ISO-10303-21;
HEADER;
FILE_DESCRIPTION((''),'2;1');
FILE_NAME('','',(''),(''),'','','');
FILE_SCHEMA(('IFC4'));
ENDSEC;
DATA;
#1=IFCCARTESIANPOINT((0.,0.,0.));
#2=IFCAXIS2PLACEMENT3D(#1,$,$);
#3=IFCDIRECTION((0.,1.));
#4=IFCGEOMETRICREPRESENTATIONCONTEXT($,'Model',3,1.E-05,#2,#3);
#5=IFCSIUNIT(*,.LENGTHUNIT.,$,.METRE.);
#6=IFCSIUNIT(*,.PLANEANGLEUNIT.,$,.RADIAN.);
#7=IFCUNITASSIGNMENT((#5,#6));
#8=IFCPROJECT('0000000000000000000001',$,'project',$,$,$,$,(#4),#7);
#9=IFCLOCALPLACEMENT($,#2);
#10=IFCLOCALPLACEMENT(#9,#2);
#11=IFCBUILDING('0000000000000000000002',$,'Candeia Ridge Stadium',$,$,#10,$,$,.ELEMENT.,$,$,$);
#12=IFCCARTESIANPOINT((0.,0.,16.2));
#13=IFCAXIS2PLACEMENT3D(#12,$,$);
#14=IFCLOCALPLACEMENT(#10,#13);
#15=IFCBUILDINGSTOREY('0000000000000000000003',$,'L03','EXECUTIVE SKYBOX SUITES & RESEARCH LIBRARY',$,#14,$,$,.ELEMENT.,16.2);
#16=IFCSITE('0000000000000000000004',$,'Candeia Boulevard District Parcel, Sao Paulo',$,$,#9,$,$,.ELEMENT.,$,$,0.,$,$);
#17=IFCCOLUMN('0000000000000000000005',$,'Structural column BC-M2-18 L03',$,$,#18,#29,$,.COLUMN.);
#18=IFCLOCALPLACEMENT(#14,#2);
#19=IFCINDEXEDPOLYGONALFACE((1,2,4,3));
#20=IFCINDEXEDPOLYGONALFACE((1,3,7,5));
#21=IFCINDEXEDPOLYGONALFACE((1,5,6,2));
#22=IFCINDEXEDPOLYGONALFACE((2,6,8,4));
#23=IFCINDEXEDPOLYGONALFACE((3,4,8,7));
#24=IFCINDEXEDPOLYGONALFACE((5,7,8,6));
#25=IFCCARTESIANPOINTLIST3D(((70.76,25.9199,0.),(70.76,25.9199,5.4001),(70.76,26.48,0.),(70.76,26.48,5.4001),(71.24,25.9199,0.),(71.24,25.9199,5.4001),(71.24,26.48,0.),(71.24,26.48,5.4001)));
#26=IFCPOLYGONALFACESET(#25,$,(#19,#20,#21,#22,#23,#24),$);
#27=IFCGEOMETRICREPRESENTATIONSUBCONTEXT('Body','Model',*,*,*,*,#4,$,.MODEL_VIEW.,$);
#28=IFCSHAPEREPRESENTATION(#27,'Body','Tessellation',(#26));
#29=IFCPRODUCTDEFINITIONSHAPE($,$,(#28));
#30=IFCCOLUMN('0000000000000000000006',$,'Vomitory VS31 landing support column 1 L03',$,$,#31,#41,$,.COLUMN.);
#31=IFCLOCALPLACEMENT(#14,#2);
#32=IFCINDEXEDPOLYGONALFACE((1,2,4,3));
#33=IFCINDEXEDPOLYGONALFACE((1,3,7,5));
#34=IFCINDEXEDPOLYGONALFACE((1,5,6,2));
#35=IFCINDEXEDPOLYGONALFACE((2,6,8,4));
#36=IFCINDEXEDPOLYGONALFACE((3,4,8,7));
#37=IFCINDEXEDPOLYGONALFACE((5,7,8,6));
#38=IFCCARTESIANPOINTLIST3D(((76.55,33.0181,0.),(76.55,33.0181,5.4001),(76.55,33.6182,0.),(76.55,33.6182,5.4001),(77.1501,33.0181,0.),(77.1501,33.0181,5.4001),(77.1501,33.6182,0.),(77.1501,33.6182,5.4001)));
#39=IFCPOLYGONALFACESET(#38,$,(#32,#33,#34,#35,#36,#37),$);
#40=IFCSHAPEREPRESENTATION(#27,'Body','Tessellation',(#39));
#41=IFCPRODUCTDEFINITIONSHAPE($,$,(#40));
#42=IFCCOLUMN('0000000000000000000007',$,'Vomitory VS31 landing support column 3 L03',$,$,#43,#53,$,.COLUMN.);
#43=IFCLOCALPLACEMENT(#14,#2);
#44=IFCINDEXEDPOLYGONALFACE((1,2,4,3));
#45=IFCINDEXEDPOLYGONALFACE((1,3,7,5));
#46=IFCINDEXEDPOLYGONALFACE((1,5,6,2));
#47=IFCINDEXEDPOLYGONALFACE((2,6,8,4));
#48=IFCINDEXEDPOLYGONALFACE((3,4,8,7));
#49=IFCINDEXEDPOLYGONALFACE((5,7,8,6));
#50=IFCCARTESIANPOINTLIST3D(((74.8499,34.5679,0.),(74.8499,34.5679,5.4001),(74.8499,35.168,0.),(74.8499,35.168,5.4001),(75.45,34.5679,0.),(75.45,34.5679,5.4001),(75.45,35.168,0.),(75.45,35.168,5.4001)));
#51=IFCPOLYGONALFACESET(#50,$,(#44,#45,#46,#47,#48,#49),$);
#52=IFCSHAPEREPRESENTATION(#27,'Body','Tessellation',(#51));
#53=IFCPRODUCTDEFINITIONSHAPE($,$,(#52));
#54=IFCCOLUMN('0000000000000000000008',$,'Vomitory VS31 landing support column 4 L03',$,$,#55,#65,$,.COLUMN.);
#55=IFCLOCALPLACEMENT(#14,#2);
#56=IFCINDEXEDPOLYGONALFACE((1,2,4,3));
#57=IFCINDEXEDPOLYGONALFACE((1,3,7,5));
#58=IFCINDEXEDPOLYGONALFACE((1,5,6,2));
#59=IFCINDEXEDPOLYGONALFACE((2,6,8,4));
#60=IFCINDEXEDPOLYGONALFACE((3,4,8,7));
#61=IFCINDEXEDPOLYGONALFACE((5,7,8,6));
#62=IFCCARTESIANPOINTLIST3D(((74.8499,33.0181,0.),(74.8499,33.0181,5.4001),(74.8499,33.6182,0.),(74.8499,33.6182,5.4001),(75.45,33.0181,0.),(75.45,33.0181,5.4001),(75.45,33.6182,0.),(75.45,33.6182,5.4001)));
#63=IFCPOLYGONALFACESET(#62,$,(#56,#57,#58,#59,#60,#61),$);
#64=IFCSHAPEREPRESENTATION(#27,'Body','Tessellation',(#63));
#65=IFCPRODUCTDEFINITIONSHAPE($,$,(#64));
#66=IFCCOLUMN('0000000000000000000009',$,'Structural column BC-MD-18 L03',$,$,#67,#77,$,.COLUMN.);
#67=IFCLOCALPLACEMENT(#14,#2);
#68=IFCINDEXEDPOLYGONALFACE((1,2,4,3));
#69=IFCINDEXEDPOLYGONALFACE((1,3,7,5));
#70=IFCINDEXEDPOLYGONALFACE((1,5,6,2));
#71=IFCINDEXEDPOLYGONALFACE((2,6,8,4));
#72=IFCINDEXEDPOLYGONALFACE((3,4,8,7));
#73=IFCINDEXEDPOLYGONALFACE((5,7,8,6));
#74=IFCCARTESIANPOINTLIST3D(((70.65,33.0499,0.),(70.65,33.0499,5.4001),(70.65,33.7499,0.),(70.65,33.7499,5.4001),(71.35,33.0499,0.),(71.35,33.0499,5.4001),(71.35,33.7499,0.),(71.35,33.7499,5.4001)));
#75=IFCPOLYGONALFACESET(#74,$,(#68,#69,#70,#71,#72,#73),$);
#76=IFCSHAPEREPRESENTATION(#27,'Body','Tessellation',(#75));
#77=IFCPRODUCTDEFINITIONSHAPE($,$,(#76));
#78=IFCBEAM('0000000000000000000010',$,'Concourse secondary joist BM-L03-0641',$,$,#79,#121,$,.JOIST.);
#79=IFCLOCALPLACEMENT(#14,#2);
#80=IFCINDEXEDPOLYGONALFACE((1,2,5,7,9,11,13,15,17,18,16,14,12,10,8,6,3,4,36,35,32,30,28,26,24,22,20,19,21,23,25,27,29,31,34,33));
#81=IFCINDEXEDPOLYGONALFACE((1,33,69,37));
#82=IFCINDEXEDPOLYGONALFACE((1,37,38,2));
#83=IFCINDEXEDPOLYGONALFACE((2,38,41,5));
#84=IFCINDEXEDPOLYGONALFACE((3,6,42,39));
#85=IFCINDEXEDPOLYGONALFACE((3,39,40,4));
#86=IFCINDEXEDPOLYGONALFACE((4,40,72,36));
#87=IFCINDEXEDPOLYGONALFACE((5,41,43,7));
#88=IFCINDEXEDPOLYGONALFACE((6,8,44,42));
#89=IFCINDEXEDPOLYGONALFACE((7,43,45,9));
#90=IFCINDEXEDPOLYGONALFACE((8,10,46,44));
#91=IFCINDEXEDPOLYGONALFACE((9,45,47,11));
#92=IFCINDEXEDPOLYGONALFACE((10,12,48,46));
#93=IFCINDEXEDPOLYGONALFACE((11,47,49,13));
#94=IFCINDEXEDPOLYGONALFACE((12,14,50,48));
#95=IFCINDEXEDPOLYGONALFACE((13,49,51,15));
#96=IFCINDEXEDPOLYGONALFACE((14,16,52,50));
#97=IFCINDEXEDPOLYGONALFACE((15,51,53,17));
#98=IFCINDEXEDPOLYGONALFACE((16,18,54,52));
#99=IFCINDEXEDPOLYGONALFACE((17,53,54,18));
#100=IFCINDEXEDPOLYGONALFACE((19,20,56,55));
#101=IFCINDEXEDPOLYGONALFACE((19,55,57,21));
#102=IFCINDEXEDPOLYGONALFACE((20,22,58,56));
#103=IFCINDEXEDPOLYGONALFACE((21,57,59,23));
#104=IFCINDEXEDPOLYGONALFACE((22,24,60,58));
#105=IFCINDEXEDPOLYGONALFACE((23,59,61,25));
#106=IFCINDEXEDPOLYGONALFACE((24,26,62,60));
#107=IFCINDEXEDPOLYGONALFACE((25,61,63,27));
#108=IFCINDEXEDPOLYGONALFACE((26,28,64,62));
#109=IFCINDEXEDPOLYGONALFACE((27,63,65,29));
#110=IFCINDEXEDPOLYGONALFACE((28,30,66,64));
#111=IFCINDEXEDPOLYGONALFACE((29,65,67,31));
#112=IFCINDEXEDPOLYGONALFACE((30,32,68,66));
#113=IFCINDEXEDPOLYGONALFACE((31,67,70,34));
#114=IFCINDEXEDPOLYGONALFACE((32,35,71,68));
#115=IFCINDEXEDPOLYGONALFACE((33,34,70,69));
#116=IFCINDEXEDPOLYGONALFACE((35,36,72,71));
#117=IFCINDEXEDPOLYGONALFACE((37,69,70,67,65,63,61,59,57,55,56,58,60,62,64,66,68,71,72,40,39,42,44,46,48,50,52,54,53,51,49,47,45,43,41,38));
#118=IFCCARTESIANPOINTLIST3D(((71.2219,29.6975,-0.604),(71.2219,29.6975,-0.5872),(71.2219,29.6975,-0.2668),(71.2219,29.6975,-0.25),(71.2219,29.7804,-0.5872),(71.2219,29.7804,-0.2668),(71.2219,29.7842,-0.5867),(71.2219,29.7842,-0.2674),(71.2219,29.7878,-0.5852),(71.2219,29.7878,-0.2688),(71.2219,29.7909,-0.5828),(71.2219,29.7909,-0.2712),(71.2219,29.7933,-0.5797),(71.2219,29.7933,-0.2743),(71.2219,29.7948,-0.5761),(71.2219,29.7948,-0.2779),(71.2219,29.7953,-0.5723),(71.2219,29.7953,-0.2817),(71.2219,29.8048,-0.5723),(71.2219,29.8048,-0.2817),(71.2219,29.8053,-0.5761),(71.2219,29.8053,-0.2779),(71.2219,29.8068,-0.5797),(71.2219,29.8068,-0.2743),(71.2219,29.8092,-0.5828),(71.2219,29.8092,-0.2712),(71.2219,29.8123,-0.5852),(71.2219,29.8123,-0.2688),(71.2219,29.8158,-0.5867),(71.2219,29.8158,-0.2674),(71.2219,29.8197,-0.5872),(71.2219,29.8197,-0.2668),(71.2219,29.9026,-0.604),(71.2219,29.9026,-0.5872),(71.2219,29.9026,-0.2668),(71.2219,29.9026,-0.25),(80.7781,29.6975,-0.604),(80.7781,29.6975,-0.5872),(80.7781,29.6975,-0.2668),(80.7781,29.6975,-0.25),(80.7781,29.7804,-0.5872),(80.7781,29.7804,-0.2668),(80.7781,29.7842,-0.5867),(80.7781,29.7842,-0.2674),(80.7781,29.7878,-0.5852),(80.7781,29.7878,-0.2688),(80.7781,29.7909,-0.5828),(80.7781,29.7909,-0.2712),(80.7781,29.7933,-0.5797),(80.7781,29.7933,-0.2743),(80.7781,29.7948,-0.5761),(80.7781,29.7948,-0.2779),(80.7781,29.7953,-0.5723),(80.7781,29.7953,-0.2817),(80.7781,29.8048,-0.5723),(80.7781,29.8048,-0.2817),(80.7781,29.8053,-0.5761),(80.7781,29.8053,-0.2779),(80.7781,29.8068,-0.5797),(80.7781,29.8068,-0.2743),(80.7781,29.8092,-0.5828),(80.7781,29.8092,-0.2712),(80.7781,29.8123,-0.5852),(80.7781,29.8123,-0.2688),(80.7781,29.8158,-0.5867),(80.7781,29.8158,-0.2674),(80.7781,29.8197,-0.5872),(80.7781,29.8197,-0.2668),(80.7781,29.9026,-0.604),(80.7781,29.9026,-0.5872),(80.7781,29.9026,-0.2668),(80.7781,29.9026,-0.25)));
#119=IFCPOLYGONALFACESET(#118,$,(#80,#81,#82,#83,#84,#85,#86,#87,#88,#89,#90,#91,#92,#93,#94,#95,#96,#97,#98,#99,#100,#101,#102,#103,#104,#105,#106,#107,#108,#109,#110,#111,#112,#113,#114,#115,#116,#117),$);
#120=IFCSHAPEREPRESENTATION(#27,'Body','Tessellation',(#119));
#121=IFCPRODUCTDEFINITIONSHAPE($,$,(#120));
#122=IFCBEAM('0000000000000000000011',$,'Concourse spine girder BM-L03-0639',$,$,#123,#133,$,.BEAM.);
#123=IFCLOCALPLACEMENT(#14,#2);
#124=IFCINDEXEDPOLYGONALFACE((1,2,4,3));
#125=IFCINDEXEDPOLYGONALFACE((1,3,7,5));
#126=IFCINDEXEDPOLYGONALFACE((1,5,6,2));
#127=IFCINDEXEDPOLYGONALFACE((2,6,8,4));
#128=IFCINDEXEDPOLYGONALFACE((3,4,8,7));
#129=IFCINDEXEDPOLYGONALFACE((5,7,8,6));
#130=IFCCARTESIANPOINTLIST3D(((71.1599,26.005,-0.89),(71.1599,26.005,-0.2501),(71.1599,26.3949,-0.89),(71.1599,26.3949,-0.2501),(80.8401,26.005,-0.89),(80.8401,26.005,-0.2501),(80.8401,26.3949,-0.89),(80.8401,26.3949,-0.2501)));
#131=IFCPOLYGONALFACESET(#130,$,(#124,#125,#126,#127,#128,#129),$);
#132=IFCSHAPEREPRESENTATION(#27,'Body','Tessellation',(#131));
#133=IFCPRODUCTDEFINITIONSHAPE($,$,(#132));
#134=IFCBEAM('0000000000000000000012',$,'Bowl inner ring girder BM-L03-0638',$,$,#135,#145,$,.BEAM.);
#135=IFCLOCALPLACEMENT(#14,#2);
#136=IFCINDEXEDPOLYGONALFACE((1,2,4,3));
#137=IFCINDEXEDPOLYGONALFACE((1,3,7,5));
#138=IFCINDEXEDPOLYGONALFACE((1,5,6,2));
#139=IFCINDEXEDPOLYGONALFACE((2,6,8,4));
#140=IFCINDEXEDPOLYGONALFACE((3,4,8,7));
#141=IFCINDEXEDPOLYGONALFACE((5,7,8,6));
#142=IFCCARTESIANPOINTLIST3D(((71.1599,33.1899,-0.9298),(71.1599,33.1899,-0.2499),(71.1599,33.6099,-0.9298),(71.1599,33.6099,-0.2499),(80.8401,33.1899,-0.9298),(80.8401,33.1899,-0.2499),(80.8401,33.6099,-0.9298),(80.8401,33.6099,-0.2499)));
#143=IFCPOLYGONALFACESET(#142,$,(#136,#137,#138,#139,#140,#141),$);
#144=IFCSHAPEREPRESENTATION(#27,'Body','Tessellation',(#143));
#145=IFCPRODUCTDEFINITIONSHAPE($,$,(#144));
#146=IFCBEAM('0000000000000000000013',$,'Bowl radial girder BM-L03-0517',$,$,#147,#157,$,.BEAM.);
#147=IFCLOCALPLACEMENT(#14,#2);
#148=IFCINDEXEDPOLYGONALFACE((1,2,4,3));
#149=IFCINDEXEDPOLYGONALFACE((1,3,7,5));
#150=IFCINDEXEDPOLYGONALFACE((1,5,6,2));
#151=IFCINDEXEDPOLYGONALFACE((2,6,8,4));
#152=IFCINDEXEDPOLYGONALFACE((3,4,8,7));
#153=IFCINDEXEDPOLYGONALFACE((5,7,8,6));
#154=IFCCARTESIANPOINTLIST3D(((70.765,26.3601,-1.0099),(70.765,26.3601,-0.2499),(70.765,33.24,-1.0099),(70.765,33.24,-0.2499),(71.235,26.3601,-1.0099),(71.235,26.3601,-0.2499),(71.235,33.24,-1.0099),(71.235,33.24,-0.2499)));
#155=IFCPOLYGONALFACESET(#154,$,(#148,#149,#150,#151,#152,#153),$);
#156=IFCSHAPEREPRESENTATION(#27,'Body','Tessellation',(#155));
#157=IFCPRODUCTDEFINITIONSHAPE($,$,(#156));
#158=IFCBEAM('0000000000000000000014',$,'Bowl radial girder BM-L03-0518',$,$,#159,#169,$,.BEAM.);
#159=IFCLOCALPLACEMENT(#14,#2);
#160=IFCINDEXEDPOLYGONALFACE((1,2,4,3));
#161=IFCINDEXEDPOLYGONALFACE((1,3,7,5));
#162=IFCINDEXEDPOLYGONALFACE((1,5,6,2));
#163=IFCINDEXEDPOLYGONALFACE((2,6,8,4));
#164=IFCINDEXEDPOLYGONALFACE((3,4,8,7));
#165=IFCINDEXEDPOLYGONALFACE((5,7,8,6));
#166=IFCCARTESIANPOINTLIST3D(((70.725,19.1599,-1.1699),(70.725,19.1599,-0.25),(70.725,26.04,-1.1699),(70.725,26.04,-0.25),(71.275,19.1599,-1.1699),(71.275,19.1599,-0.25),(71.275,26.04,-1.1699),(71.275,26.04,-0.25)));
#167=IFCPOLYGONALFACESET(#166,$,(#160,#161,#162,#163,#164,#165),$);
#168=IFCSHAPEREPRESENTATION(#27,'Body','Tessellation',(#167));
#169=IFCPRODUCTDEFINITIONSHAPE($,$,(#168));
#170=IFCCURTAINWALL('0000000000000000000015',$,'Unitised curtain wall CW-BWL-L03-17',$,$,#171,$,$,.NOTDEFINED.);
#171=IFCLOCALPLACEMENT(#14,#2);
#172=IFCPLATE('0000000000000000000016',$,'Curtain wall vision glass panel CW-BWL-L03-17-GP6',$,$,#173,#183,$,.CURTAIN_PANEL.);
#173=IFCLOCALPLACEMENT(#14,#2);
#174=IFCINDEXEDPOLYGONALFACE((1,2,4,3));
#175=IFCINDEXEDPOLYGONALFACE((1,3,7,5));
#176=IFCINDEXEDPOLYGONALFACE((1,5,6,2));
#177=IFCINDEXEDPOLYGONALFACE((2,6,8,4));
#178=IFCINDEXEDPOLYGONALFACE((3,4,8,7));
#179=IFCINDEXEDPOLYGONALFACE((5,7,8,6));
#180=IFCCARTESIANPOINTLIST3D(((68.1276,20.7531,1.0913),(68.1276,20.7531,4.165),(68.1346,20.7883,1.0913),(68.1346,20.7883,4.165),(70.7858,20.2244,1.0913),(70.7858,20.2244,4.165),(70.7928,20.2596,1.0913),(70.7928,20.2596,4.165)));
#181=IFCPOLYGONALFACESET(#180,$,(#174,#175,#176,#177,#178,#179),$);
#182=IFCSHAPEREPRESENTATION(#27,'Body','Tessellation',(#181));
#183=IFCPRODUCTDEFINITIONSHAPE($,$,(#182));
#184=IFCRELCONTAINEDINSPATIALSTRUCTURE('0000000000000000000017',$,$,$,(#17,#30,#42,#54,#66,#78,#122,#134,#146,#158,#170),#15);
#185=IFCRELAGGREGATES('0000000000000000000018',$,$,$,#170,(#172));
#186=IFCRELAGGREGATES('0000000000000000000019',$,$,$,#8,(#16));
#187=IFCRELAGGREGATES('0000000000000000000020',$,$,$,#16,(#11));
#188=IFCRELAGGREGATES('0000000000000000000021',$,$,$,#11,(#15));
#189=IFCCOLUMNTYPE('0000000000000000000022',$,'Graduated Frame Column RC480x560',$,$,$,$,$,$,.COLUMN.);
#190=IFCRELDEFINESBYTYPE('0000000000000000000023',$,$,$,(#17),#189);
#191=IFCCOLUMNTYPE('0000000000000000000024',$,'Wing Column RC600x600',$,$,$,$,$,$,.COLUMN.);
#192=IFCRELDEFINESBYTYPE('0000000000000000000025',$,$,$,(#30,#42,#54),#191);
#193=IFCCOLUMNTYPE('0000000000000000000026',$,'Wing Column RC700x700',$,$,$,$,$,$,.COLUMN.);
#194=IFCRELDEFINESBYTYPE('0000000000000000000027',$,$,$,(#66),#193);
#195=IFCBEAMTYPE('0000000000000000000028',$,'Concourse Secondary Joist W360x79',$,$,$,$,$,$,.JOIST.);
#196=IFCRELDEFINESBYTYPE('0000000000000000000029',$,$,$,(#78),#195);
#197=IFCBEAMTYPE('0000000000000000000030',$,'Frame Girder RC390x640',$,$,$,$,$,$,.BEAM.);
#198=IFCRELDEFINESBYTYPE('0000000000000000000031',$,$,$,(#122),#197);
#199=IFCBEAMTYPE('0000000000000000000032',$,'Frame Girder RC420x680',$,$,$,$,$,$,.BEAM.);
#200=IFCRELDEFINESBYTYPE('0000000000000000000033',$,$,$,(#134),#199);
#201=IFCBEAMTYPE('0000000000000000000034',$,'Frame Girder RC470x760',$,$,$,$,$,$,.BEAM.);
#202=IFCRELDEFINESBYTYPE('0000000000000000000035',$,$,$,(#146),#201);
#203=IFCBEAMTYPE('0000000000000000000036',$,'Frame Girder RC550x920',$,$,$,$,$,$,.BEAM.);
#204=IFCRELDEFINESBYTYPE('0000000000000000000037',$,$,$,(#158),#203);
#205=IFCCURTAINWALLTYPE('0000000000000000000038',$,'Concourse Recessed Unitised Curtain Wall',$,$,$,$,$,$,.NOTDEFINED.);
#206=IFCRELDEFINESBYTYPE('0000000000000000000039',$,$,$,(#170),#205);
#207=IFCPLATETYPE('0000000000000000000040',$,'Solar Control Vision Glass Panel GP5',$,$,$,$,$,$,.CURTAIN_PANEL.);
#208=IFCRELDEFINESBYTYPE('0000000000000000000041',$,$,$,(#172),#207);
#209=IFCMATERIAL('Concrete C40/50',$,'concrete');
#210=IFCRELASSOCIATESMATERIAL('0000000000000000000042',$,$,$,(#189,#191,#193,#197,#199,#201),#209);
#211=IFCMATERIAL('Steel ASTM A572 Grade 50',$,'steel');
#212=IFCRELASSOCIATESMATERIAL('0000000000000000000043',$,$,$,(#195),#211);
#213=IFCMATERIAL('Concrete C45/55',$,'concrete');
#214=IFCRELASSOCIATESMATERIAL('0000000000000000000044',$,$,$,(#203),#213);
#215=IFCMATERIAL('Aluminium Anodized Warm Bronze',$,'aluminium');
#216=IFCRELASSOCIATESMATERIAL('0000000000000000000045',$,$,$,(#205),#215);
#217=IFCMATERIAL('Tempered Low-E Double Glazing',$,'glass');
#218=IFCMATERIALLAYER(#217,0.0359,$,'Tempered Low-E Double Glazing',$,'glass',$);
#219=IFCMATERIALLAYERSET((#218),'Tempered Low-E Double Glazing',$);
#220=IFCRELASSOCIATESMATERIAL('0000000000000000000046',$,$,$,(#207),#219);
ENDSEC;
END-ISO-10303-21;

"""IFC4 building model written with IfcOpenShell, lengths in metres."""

from ifc_helpers import new_model, si_unit, direction, frame, origin, origin_2d, place, context, subcontext, project, spatial, rectangle, i_section, extrude, material, layer, layer_set, material_profile, profile_set, type_object, element, aggregate, save


model = new_model("IFC4")

# Units and contexts
model_context = context("Model", 3, precision=1e-05, world=origin(), true_north=direction((0.0, 1.0)))
body_context = subcontext(model_context, "Body", "Model", "MODEL_VIEW")
ifc_project = project(units=[si_unit("LENGTHUNIT", "METRE"), si_unit("PLANEANGLEUNIT", "RADIAN")], contexts=[model_context])

# Site, building, storey
site_placement = place(None, origin())
site = spatial("IfcSite", under=ifc_project, at=site_placement, Name="Candeia Boulevard District Parcel, Sao Paulo", CompositionType="ELEMENT", RefElevation=0.0)
building_placement = place(site_placement, origin())
building = spatial("IfcBuilding", under=site, at=building_placement, Name="Candeia Ridge Stadium", CompositionType="ELEMENT")
storey_placement = place(building_placement, frame((0.0, 0.0, 16.2)))
storey = spatial("IfcBuildingStorey", under=building, at=storey_placement, Name="L03", Description="EXECUTIVE SKYBOX SUITES & RESEARCH LIBRARY", CompositionType="ELEMENT", Elevation=16.2)

# Columns
ifc_material_1 = material(Name="Concrete C40/50", Category="concrete")
ifc_material_profile_1 = material_profile(ifc_material_1, rectangle(XDim=0.48, YDim=0.5601, at=origin_2d()), Name="RC480x560", Category="concrete")
ifc_profile_set_1 = profile_set([ifc_material_profile_1], Name="Concrete C40/50")
column_type_1 = type_object("IfcColumnType", Name="Graduated Frame Column RC480x560", PredefinedType="COLUMN", material=ifc_profile_set_1)
column_1_placement = place(storey_placement, frame((71.0, 26.2, 0.0), z_axis=(0.0, 0.0, 1.0), x_axis=(1.0, 0.0, 0.0)))
element("IfcColumn", 1, at=column_1_placement, inside=storey, type_object=column_type_1, Name="Structural column BC-M2-18 L03", PredefinedType="COLUMN", context=body_context, shape_type="SweptSolid", body=[
    extrude(rectangle(XDim=0.48, YDim=0.5601, at=origin_2d()), origin(), (0.0, 0.0, 1.0), 5.4001),
])
ifc_material_profile_2 = material_profile(ifc_material_1, rectangle(XDim=0.6001, YDim=0.6001, at=origin_2d()), Name="RC600x600", Category="concrete")
ifc_profile_set_2 = profile_set([ifc_material_profile_2], Name="Concrete C40/50")
column_type_2 = type_object("IfcColumnType", Name="Wing Column RC600x600", PredefinedType="COLUMN", material=ifc_profile_set_2)
for number, where, z_axis, x_axis, name in (
    (2, (76.8501, 33.3181, 0.0), (0.0, 0.0, 1.0), (1.0, 0.0, 0.0), "Vomitory VS31 landing support column 1 L03"),
    (3, (75.1499, 34.8679, 0.0), (0.0, 0.0, 1.0), (1.0, 0.0, 0.0), "Vomitory VS31 landing support column 3 L03"),
    (4, (75.1499, 33.3181, 0.0), (0.0, 0.0, 1.0), (1.0, 0.0, 0.0), "Vomitory VS31 landing support column 4 L03"),
):
    element("IfcColumn", number, at=place(storey_placement, frame(where, z_axis=z_axis, x_axis=x_axis)), inside=storey, type_object=column_type_2, Name=name, PredefinedType="COLUMN", context=body_context, shape_type="SweptSolid", body=[
        extrude(rectangle(XDim=0.6001, YDim=0.6001, at=origin_2d()), origin(), (0.0, 0.0, 1.0), 5.4001),
    ])
ifc_material_profile_3 = material_profile(ifc_material_1, rectangle(XDim=0.7, YDim=0.7, at=origin_2d()), Name="RC700x700", Category="concrete")
ifc_profile_set_3 = profile_set([ifc_material_profile_3], Name="Concrete C40/50")
column_type_3 = type_object("IfcColumnType", Name="Wing Column RC700x700", PredefinedType="COLUMN", material=ifc_profile_set_3)
column_2_placement = place(storey_placement, frame((71.0, 33.3999, 0.0), z_axis=(0.0, 0.0, 1.0), x_axis=(1.0, 0.0, 0.0)))
element("IfcColumn", 5, at=column_2_placement, inside=storey, type_object=column_type_3, Name="Structural column BC-MD-18 L03", PredefinedType="COLUMN", context=body_context, shape_type="SweptSolid", body=[
    extrude(rectangle(XDim=0.7, YDim=0.7, at=origin_2d()), origin(), (0.0, 0.0, 1.0), 5.4001),
])

# Beams
ifc_material_2 = material(Name="Steel ASTM A572 Grade 50", Category="steel")
ifc_material_profile_4 = material_profile(ifc_material_2, i_section(OverallWidth=0.2051, OverallDepth=0.354, WebThickness=0.0095, FlangeThickness=0.0168, FilletRadius=0.0149, at=origin_2d()), Name="W360x79", Category="steel")
ifc_profile_set_4 = profile_set([ifc_material_profile_4], Name="Steel ASTM A572 Grade 50")
beam_type_1 = type_object("IfcBeamType", Name="Concourse Secondary Joist W360x79", PredefinedType="JOIST", material=ifc_profile_set_4)
beam_1_placement = place(storey_placement, frame((71.2219, 29.8, -0.427), z_axis=(1.0, 0.0, 0.0), x_axis=(0.0, 1.0, 0.0)))
element("IfcBeam", 6, at=beam_1_placement, inside=storey, type_object=beam_type_1, Name="Concourse secondary joist BM-L03-0641", PredefinedType="JOIST", context=body_context, shape_type="SweptSolid", body=[
    extrude(i_section(OverallWidth=0.2051, OverallDepth=0.354, WebThickness=0.0095, FlangeThickness=0.0168, FilletRadius=0.0149, at=origin_2d()), origin(), (0.0, 0.0, 1.0), 9.5562),
])
ifc_material_profile_5 = material_profile(ifc_material_1, rectangle(XDim=0.3899, YDim=0.6399, at=origin_2d()), Name="RC390x640", Category="concrete")
ifc_profile_set_5 = profile_set([ifc_material_profile_5], Name="Concrete C40/50")
beam_type_2 = type_object("IfcBeamType", Name="Frame Girder RC390x640", PredefinedType="BEAM", material=ifc_profile_set_5)
beam_2_placement = place(storey_placement, frame((71.1599, 26.2, -0.5701), z_axis=(1.0, 0.0, 0.0), x_axis=(0.0, 1.0, 0.0)))
element("IfcBeam", 7, at=beam_2_placement, inside=storey, type_object=beam_type_2, Name="Concourse spine girder BM-L03-0639", PredefinedType="BEAM", context=body_context, shape_type="SweptSolid", body=[
    extrude(rectangle(XDim=0.3899, YDim=0.6399, at=origin_2d()), origin(), (0.0, 0.0, 1.0), 9.6802),
])
ifc_material_profile_6 = material_profile(ifc_material_1, rectangle(XDim=0.4199, YDim=0.6799, at=origin_2d()), Name="RC420x680", Category="concrete")
ifc_profile_set_6 = profile_set([ifc_material_profile_6], Name="Concrete C40/50")
beam_type_3 = type_object("IfcBeamType", Name="Frame Girder RC420x680", PredefinedType="BEAM", material=ifc_profile_set_6)
beam_3_placement = place(storey_placement, frame((71.1599, 33.3999, -0.5898), z_axis=(1.0, 0.0, 0.0), x_axis=(0.0, 1.0, 0.0)))
element("IfcBeam", 8, at=beam_3_placement, inside=storey, type_object=beam_type_3, Name="Bowl inner ring girder BM-L03-0638", PredefinedType="BEAM", context=body_context, shape_type="SweptSolid", body=[
    extrude(rectangle(XDim=0.4199, YDim=0.6799, at=origin_2d()), origin(), (0.0, 0.0, 1.0), 9.6802),
])
ifc_material_profile_7 = material_profile(ifc_material_1, rectangle(XDim=0.47, YDim=0.76, at=origin_2d()), Name="RC470x760", Category="concrete")
ifc_profile_set_7 = profile_set([ifc_material_profile_7], Name="Concrete C40/50")
beam_type_4 = type_object("IfcBeamType", Name="Frame Girder RC470x760", PredefinedType="BEAM", material=ifc_profile_set_7)
beam_4_placement = place(storey_placement, frame((71.0, 33.24, -0.6299), z_axis=(0.0, -1.0, 0.0), x_axis=(1.0, 0.0, 0.0)))
element("IfcBeam", 9, at=beam_4_placement, inside=storey, type_object=beam_type_4, Name="Bowl radial girder BM-L03-0517", PredefinedType="BEAM", context=body_context, shape_type="SweptSolid", body=[
    extrude(rectangle(XDim=0.47, YDim=0.76, at=origin_2d()), origin(), (0.0, 0.0, 1.0), 6.8799),
])
ifc_material_3 = material(Name="Concrete C45/55", Category="concrete")
ifc_material_profile_8 = material_profile(ifc_material_3, rectangle(XDim=0.55, YDim=0.9199, at=origin_2d()), Name="RC550x920", Category="concrete")
ifc_profile_set_8 = profile_set([ifc_material_profile_8], Name="Concrete C45/55")
beam_type_5 = type_object("IfcBeamType", Name="Frame Girder RC550x920", PredefinedType="BEAM", material=ifc_profile_set_8)
beam_5_placement = place(storey_placement, frame((71.0, 26.04, -0.71), z_axis=(0.0, -1.0, 0.0), x_axis=(1.0, 0.0, 0.0)))
element("IfcBeam", 10, at=beam_5_placement, inside=storey, type_object=beam_type_5, Name="Bowl radial girder BM-L03-0518", PredefinedType="BEAM", context=body_context, shape_type="SweptSolid", body=[
    extrude(rectangle(XDim=0.55, YDim=0.9199, at=origin_2d()), origin(), (0.0, 0.0, 1.0), 6.8801),
])

# Curtain wall, plate
ifc_material_4 = material(Name="Aluminium Anodized Warm Bronze", Category="aluminium")
curtain_wall_type = type_object("IfcCurtainWallType", Name="Concourse Recessed Unitised Curtain Wall", PredefinedType="NOTDEFINED", material=ifc_material_4)
curtain_wall_placement = place(storey_placement, origin())
curtain_wall = element("IfcCurtainWall", 11, at=curtain_wall_placement, inside=storey, type_object=curtain_wall_type, Name="Unitised curtain wall CW-BWL-L03-17", PredefinedType="NOTDEFINED")
ifc_material_5 = material(Name="Tempered Low-E Double Glazing", Category="glass")
ifc_layer_1 = layer(ifc_material_5, 0.0359, Name="Tempered Low-E Double Glazing", Category="glass")
ifc_layer_set_1 = layer_set([ifc_layer_1], Name="Tempered Low-E Double Glazing")
plate_type = type_object("IfcPlateType", Name="Solar Control Vision Glass Panel GP5", PredefinedType="CURTAIN_PANEL", material=ifc_layer_set_1)
plate_placement = place(storey_placement, frame((69.4602, 20.5063, 1.0913), z_axis=(0.0, 0.0, 1.0), x_axis=(0.980785, -0.19509, 0.0)))
plate = element("IfcPlate", 12, at=plate_placement, type_object=plate_type, Name="Curtain wall vision glass panel CW-BWL-L03-17-GP6", PredefinedType="CURTAIN_PANEL", context=body_context, shape_type="SweptSolid", body=[
    extrude(rectangle(XDim=2.7102, YDim=0.0359, at=origin_2d()), origin(), (0.0, 0.0, 1.0), 3.0737),
])
aggregate(curtain_wall, [plate])

save(model, "model.ifc")
